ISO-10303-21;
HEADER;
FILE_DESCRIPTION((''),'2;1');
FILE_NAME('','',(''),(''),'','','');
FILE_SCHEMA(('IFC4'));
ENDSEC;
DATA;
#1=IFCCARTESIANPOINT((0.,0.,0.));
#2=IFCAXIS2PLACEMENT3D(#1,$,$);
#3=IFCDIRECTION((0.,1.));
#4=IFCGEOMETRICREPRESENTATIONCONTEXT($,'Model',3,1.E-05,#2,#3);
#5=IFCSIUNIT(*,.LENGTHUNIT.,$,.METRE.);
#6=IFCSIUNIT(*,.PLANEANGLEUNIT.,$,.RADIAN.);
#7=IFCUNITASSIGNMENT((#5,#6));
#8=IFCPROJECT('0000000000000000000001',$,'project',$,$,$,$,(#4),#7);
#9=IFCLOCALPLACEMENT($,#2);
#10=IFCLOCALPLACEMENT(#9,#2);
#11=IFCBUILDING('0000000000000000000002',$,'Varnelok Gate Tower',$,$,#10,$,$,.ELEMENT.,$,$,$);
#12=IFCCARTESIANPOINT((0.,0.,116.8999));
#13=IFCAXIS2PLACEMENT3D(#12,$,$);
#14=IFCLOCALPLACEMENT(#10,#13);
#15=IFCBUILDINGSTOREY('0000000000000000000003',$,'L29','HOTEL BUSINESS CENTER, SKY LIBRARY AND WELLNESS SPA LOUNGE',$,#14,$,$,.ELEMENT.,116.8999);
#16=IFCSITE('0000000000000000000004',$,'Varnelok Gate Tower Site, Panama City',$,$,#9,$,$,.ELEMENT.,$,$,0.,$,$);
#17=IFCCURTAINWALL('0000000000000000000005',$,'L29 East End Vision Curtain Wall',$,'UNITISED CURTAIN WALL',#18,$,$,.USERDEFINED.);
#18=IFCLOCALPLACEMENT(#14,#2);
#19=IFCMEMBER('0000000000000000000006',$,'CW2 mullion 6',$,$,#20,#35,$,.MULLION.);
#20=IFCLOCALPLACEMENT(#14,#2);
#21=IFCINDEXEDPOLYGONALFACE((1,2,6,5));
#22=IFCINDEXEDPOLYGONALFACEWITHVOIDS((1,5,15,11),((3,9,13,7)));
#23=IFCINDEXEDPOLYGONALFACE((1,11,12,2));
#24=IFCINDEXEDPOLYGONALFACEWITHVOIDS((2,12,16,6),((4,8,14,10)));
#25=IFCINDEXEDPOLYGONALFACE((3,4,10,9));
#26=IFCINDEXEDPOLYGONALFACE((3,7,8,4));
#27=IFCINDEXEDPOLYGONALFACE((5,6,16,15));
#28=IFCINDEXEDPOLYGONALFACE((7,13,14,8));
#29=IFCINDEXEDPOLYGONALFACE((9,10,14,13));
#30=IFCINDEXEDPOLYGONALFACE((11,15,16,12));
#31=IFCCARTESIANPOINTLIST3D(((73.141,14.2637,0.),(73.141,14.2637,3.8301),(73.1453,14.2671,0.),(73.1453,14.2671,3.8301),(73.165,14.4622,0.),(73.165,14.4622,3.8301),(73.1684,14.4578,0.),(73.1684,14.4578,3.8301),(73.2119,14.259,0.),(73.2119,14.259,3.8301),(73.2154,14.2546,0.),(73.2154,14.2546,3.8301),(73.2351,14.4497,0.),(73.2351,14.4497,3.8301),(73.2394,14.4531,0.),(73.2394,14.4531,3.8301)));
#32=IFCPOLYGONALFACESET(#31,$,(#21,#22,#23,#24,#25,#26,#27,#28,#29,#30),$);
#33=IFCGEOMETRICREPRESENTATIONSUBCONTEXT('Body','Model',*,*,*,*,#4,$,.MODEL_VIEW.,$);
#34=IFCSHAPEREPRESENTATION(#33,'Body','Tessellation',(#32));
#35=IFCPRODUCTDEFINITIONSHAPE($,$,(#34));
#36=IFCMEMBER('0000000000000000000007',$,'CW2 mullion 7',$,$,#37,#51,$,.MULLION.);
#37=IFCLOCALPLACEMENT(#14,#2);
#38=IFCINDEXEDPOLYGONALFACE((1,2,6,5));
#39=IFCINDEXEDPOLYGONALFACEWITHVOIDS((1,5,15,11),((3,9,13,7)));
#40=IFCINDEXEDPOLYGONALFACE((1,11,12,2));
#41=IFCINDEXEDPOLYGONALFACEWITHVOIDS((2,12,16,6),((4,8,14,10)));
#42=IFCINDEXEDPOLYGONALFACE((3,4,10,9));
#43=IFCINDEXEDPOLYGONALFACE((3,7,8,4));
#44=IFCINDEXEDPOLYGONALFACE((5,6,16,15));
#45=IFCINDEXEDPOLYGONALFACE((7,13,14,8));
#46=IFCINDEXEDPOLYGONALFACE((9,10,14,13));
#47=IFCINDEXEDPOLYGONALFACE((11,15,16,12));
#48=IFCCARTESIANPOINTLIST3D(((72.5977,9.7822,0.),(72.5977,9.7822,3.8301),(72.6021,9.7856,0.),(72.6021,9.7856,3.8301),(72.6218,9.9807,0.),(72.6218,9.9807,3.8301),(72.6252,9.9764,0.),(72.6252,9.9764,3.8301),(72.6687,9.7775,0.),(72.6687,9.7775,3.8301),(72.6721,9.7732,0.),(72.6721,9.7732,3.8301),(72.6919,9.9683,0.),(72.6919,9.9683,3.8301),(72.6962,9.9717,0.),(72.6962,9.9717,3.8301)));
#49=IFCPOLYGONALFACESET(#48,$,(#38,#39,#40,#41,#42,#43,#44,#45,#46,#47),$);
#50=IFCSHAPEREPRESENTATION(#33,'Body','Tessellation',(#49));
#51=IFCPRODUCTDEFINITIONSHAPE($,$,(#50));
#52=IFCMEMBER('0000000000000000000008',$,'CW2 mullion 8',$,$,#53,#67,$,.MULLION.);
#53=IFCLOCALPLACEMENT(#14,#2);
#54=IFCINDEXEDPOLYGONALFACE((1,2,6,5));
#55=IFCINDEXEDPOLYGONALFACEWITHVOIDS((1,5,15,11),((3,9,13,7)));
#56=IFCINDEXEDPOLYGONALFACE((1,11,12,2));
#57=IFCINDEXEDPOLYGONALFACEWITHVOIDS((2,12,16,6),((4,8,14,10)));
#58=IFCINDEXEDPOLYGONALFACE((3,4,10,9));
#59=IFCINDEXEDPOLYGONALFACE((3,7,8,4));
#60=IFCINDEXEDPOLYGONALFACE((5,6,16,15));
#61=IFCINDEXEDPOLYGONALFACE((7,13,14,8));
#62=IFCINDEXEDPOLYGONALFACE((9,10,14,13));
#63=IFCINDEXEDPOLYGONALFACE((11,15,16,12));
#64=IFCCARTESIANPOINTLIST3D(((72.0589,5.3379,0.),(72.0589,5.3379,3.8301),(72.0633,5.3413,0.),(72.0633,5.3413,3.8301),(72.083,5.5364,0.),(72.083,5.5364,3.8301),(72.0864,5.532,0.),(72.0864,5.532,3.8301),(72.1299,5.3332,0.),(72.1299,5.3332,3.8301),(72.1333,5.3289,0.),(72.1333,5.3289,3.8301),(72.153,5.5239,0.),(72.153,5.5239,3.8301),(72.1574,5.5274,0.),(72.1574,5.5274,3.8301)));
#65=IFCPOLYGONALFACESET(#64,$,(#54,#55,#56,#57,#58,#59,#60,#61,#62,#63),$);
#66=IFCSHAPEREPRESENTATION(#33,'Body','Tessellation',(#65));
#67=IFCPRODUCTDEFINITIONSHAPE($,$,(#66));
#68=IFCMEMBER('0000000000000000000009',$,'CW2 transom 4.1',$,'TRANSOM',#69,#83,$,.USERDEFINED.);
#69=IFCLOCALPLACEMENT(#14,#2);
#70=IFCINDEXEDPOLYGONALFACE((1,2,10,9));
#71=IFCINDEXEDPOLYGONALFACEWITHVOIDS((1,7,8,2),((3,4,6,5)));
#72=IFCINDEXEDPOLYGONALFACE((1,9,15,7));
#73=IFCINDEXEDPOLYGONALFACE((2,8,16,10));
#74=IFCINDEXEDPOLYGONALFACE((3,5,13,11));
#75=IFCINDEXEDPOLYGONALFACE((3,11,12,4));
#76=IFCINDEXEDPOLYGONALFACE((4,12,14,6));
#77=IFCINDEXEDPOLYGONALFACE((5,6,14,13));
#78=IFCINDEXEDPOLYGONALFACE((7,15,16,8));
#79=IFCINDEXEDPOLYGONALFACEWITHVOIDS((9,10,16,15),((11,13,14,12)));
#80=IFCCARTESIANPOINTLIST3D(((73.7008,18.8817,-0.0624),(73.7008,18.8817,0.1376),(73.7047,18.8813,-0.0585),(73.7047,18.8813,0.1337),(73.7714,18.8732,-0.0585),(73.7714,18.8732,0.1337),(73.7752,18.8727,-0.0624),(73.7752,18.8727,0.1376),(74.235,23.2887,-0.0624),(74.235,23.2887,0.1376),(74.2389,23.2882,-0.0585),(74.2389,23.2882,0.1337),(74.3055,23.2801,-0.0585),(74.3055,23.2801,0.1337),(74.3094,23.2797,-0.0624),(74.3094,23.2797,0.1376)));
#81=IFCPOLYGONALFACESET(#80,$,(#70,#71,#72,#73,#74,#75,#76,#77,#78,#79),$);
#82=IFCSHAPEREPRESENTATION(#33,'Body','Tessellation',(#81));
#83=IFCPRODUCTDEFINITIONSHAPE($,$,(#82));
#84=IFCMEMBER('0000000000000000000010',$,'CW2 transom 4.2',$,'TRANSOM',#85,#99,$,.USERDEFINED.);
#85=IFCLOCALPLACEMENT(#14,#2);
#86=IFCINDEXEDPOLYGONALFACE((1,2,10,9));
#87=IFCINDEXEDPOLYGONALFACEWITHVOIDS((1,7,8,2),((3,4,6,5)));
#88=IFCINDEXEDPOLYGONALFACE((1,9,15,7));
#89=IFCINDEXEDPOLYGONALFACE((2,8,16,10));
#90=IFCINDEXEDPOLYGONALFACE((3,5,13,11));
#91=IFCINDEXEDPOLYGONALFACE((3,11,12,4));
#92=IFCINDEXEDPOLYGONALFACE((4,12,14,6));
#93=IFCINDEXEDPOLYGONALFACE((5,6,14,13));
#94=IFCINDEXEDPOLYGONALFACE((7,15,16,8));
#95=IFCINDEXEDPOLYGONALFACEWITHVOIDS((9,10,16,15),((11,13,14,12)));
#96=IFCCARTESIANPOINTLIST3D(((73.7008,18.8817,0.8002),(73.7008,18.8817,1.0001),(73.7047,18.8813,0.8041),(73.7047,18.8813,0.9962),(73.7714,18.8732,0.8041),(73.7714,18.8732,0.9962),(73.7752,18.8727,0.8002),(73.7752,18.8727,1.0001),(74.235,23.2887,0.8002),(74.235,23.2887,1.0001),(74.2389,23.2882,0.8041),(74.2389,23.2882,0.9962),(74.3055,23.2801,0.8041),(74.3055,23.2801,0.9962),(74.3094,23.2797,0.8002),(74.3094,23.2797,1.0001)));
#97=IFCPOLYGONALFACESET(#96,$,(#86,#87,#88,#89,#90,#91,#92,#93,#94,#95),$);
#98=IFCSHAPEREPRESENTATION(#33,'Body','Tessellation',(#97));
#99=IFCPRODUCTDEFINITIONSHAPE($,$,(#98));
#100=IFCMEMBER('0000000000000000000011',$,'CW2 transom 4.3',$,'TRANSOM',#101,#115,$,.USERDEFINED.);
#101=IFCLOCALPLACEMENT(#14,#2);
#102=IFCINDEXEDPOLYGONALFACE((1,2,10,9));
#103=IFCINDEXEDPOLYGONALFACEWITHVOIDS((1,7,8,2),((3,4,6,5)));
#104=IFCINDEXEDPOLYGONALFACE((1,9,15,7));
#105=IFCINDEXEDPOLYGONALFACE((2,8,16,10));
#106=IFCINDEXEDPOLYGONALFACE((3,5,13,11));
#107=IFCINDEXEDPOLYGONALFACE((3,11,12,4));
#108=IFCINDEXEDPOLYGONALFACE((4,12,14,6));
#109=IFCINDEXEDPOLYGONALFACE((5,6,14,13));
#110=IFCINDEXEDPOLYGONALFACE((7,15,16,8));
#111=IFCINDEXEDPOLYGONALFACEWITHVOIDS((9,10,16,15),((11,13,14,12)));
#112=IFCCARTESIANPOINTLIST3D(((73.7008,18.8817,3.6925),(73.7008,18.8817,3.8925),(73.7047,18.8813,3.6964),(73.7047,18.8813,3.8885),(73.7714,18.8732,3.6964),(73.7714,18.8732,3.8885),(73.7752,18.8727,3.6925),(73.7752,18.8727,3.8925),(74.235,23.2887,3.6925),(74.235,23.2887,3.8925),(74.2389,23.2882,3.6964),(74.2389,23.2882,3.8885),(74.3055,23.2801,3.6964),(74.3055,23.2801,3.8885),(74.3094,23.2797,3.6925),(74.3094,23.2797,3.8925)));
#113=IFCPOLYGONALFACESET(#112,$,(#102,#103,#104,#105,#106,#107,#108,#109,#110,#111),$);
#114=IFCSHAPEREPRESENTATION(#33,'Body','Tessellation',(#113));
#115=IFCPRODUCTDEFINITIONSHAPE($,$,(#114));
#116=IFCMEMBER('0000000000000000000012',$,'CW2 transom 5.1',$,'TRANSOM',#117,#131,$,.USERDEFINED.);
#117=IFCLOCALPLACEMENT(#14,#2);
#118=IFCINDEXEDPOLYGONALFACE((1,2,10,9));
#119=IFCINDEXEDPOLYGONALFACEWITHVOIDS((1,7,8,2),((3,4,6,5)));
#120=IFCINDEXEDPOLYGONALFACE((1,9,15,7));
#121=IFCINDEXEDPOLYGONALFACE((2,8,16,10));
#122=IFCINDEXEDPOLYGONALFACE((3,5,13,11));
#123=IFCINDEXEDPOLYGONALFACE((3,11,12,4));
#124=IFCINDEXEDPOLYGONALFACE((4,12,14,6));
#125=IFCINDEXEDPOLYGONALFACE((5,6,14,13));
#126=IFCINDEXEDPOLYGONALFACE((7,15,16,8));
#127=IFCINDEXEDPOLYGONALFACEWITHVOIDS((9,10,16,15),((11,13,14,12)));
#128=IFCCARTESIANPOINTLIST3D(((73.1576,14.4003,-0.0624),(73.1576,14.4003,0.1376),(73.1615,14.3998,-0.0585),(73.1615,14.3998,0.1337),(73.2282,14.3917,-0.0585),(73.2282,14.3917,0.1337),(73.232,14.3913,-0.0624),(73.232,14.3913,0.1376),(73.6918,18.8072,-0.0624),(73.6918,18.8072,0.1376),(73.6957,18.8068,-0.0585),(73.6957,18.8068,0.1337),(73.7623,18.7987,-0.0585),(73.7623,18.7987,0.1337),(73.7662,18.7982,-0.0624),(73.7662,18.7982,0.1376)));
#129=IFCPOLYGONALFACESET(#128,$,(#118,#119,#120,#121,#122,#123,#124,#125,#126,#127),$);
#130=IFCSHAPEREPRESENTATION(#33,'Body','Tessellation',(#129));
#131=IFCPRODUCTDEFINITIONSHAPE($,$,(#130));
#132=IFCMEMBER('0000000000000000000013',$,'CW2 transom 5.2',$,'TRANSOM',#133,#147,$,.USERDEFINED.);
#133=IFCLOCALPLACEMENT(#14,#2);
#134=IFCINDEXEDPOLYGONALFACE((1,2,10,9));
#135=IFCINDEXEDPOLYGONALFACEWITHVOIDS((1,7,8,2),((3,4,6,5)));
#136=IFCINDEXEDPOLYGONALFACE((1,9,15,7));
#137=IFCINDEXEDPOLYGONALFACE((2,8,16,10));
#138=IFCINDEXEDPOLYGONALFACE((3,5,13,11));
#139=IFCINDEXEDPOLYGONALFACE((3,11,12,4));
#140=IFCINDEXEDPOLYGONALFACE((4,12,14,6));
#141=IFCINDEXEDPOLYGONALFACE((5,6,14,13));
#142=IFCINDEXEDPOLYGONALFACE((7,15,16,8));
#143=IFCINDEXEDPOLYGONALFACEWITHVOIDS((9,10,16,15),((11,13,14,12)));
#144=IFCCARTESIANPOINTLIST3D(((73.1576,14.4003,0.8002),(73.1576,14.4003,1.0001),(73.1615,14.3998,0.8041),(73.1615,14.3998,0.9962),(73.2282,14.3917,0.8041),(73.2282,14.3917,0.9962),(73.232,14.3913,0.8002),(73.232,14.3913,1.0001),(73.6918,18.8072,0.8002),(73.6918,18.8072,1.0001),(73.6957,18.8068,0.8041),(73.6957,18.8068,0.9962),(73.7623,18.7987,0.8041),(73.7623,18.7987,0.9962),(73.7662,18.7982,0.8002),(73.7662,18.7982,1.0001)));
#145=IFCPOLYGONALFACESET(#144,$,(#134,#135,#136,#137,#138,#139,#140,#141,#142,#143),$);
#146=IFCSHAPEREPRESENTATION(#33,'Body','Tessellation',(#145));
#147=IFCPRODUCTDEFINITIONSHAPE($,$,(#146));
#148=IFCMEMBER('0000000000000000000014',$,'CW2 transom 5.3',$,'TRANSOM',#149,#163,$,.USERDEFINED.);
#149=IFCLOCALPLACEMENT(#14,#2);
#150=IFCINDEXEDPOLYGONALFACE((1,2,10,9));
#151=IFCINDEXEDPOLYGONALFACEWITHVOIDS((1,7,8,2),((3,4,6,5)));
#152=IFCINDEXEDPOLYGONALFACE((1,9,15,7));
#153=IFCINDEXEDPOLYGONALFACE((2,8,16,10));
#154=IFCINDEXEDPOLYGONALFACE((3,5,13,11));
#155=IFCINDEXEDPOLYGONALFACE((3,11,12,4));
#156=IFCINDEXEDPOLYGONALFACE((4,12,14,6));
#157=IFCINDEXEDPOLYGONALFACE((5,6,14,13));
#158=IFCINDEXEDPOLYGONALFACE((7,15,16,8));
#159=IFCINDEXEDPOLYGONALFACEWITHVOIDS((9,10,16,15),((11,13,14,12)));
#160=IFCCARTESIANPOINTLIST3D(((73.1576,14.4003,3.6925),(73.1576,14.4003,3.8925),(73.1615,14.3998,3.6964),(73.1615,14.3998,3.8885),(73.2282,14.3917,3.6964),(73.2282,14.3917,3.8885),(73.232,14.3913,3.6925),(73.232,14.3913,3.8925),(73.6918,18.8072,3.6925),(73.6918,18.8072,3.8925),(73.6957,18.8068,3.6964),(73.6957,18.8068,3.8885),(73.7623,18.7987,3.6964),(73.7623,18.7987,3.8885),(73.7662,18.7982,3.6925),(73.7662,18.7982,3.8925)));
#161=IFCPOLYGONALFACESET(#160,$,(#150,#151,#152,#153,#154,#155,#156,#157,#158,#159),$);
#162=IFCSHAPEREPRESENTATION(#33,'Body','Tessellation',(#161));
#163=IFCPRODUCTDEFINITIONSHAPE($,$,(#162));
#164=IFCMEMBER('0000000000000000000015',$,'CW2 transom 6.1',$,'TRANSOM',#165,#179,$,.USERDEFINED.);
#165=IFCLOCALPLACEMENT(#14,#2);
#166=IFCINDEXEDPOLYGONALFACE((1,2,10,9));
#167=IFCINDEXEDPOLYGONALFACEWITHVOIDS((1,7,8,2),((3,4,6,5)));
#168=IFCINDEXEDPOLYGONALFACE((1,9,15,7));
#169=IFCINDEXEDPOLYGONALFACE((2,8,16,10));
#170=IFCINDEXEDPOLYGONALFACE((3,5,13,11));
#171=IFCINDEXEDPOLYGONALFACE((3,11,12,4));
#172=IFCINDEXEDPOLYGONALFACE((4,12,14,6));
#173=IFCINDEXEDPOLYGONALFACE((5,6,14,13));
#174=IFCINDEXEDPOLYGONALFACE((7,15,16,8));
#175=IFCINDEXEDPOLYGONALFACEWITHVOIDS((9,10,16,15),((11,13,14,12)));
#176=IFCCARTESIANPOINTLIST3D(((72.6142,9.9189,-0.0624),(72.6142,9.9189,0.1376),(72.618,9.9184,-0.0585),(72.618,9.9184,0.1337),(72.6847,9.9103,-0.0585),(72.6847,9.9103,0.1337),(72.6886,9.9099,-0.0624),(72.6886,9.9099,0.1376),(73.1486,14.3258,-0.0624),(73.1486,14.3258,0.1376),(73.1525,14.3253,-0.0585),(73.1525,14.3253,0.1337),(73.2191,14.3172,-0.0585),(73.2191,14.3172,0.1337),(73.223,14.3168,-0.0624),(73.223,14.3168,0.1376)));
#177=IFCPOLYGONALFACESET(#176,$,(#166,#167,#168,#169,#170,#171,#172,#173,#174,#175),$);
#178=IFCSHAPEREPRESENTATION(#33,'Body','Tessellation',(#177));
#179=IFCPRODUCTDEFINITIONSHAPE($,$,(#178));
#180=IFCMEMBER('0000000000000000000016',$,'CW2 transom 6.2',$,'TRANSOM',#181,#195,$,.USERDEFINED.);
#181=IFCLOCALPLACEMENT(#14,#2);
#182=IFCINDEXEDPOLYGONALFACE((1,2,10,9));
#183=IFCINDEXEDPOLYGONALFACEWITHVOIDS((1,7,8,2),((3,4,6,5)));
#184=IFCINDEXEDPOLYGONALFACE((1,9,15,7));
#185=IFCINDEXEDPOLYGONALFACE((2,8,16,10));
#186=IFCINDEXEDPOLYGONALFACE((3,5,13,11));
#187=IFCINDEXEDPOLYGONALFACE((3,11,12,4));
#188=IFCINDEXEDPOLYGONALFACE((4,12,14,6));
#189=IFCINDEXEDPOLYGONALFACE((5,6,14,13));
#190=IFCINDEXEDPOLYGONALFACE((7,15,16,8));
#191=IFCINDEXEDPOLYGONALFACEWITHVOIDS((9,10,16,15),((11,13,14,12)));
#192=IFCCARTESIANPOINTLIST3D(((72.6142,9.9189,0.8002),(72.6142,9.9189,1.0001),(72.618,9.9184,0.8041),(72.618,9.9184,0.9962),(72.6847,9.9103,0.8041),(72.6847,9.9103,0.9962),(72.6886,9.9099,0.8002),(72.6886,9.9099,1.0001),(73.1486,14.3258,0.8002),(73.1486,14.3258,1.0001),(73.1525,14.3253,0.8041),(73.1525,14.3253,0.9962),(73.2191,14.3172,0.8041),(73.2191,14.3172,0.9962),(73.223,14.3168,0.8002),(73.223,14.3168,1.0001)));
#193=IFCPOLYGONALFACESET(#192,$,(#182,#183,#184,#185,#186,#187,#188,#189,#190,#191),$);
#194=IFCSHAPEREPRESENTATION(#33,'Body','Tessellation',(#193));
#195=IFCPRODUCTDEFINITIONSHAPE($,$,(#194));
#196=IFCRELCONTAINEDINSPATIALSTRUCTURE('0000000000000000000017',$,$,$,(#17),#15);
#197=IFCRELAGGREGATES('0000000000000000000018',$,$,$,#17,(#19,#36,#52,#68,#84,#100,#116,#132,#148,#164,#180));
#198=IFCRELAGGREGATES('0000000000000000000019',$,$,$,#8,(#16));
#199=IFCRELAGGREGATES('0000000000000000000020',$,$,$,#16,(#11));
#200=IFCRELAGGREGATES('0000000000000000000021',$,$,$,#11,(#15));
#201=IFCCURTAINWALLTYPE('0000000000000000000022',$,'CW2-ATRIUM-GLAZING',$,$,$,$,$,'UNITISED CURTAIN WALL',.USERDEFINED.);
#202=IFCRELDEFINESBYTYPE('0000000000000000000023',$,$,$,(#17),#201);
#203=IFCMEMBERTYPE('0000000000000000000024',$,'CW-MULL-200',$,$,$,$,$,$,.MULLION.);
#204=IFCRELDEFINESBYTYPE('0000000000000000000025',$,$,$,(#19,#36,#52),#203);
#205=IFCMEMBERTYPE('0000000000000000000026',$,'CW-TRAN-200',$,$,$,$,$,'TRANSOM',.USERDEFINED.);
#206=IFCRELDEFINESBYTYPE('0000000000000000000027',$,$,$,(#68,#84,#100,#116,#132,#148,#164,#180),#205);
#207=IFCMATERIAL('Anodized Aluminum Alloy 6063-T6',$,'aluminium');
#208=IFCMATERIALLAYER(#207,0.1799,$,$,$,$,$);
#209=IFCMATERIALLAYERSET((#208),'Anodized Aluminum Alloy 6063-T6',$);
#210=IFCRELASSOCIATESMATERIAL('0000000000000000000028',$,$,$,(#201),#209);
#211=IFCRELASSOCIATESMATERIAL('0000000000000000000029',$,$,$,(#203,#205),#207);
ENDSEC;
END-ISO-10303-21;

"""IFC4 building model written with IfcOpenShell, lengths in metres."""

from ifc_helpers import new_model, si_unit, direction, frame, origin, origin_2d, place, context, subcontext, project, spatial, hollow_rectangle, extrude, material, layer, layer_set, material_profile, profile_set, type_object, element, aggregate, save


model = new_model("IFC4")

# Units and contexts
model_context = context("Model", 3, precision=1e-05, world=origin(), true_north=direction((0.0, 1.0)))
body_context = subcontext(model_context, "Body", "Model", "MODEL_VIEW")
ifc_project = project(units=[si_unit("LENGTHUNIT", "METRE"), si_unit("PLANEANGLEUNIT", "RADIAN")], contexts=[model_context])

# Site, building, storey
site_placement = place(None, origin())
site = spatial("IfcSite", under=ifc_project, at=site_placement, Name="Varnelok Gate Tower Site, Panama City", CompositionType="ELEMENT", RefElevation=0.0)
building_placement = place(site_placement, origin())
building = spatial("IfcBuilding", under=site, at=building_placement, Name="Varnelok Gate Tower", CompositionType="ELEMENT")
storey_placement = place(building_placement, frame((0.0, 0.0, 116.8999)))
storey = spatial("IfcBuildingStorey", under=building, at=storey_placement, Name="L29", Description="HOTEL BUSINESS CENTER, SKY LIBRARY AND WELLNESS SPA LOUNGE", CompositionType="ELEMENT", Elevation=116.8999)

# Curtain wall, members
ifc_material_1 = material(Name="Anodized Aluminum Alloy 6063-T6", Category="aluminium")
ifc_layer_1 = layer(ifc_material_1, 0.1799)
ifc_layer_set_1 = layer_set([ifc_layer_1], Name="Anodized Aluminum Alloy 6063-T6")
curtain_wall_type = type_object("IfcCurtainWallType", Name="CW2-ATRIUM-GLAZING", ElementType="UNITISED CURTAIN WALL", PredefinedType="USERDEFINED", material=ifc_layer_set_1)
curtain_wall_placement = place(storey_placement, origin())
curtain_wall = element("IfcCurtainWall", 1, at=curtain_wall_placement, inside=storey, type_object=curtain_wall_type, Name="L29 East End Vision Curtain Wall", ObjectType="UNITISED CURTAIN WALL", PredefinedType="USERDEFINED")
ifc_material_profile_1 = material_profile(ifc_material_1, hollow_rectangle(XDim=0.075, YDim=0.2, WallThickness=0.0039, at=origin_2d()), Name="ALU200X75X4")
ifc_profile_set_1 = profile_set([ifc_material_profile_1], Name="Anodized Aluminum Alloy 6063-T6")
member_type_1 = type_object("IfcMemberType", Name="CW-MULL-200", PredefinedType="MULLION", material=ifc_profile_set_1)
member_1_placement = place(storey_placement, frame((73.1902, 14.3584, 0.0), z_axis=(0.0, 0.0, 1.0), x_axis=(0.992732, -0.120345, 0.0)))
member_1 = element("IfcMember", 2, at=member_1_placement, type_object=member_type_1, Name="CW2 mullion 6", PredefinedType="MULLION", context=body_context, shape_type="SweptSolid", body=[
    extrude(hollow_rectangle(XDim=0.075, YDim=0.2, WallThickness=0.0039, at=origin_2d()), origin(), (0.0, 0.0, 1.0), 3.8301),
])
member_2_placement = place(storey_placement, frame((72.647, 9.877, 0.0), z_axis=(0.0, 0.0, 1.0), x_axis=(0.992732, -0.120345, 0.0)))
member_2 = element("IfcMember", 3, at=member_2_placement, type_object=member_type_1, Name="CW2 mullion 7", PredefinedType="MULLION", context=body_context, shape_type="SweptSolid", body=[
    extrude(hollow_rectangle(XDim=0.075, YDim=0.2, WallThickness=0.0039, at=origin_2d()), origin(), (0.0, 0.0, 1.0), 3.8301),
])
member_3_placement = place(storey_placement, frame((72.1082, 5.4326, 0.0), z_axis=(0.0, 0.0, 1.0), x_axis=(0.992732, -0.120345, 0.0)))
member_3 = element("IfcMember", 4, at=member_3_placement, type_object=member_type_1, Name="CW2 mullion 8", PredefinedType="MULLION", context=body_context, shape_type="SweptSolid", body=[
    extrude(hollow_rectangle(XDim=0.075, YDim=0.2, WallThickness=0.0039, at=origin_2d()), origin(), (0.0, 0.0, 1.0), 3.8301),
])
ifc_material_profile_2 = material_profile(ifc_material_1, hollow_rectangle(XDim=0.075, YDim=0.2, WallThickness=0.0039, at=origin_2d()), Name="ALU200X75X4")
ifc_profile_set_2 = profile_set([ifc_material_profile_2], Name="Anodized Aluminum Alloy 6063-T6")
member_type_2 = type_object("IfcMemberType", Name="CW-TRAN-200", ElementType="TRANSOM", PredefinedType="USERDEFINED", material=ifc_profile_set_2)
member_4_placement = place(storey_placement, frame((74.2722, 23.2842, 0.0376), z_axis=(-0.120331, -0.992734, 0.0), x_axis=(0.992734, -0.120331, 0.0)))
member_4 = element("IfcMember", 5, at=member_4_placement, type_object=member_type_2, Name="CW2 transom 4.1", ObjectType="TRANSOM", PredefinedType="USERDEFINED", context=body_context, shape_type="SweptSolid", body=[
    extrude(hollow_rectangle(XDim=0.075, YDim=0.2, WallThickness=0.0039, at=origin_2d()), origin(), (0.0, 0.0, 1.0), 4.4392),
])
member_5_placement = place(storey_placement, frame((74.2722, 23.2842, 0.9001), z_axis=(-0.120331, -0.992734, 0.0), x_axis=(0.992734, -0.120331, 0.0)))
member_5 = element("IfcMember", 6, at=member_5_placement, type_object=member_type_2, Name="CW2 transom 4.2", ObjectType="TRANSOM", PredefinedType="USERDEFINED", context=body_context, shape_type="SweptSolid", body=[
    extrude(hollow_rectangle(XDim=0.075, YDim=0.2, WallThickness=0.0039, at=origin_2d()), origin(), (0.0, 0.0, 1.0), 4.4392),
])
member_6_placement = place(storey_placement, frame((74.2722, 23.2842, 3.7925), z_axis=(-0.120331, -0.992734, 0.0), x_axis=(0.992734, -0.120331, 0.0)))
member_6 = element("IfcMember", 7, at=member_6_placement, type_object=member_type_2, Name="CW2 transom 4.3", ObjectType="TRANSOM", PredefinedType="USERDEFINED", context=body_context, shape_type="SweptSolid", body=[
    extrude(hollow_rectangle(XDim=0.075, YDim=0.2, WallThickness=0.0039, at=origin_2d()), origin(), (0.0, 0.0, 1.0), 4.4392),
])
member_7_placement = place(storey_placement, frame((73.729, 18.8027, 0.0376), z_axis=(-0.120331, -0.992734, 0.0), x_axis=(0.992734, -0.120331, 0.0)))
member_7 = element("IfcMember", 8, at=member_7_placement, type_object=member_type_2, Name="CW2 transom 5.1", ObjectType="TRANSOM", PredefinedType="USERDEFINED", context=body_context, shape_type="SweptSolid", body=[
    extrude(hollow_rectangle(XDim=0.075, YDim=0.2, WallThickness=0.0039, at=origin_2d()), origin(), (0.0, 0.0, 1.0), 4.4392),
])
member_8_placement = place(storey_placement, frame((73.729, 18.8027, 0.9001), z_axis=(-0.120331, -0.992734, 0.0), x_axis=(0.992734, -0.120331, 0.0)))
member_8 = element("IfcMember", 9, at=member_8_placement, type_object=member_type_2, Name="CW2 transom 5.2", ObjectType="TRANSOM", PredefinedType="USERDEFINED", context=body_context, shape_type="SweptSolid", body=[
    extrude(hollow_rectangle(XDim=0.075, YDim=0.2, WallThickness=0.0039, at=origin_2d()), origin(), (0.0, 0.0, 1.0), 4.4392),
])
member_9_placement = place(storey_placement, frame((73.729, 18.8027, 3.7925), z_axis=(-0.120331, -0.992734, 0.0), x_axis=(0.992734, -0.120331, 0.0)))
member_9 = element("IfcMember", 10, at=member_9_placement, type_object=member_type_2, Name="CW2 transom 5.3", ObjectType="TRANSOM", PredefinedType="USERDEFINED", context=body_context, shape_type="SweptSolid", body=[
    extrude(hollow_rectangle(XDim=0.075, YDim=0.2, WallThickness=0.0039, at=origin_2d()), origin(), (0.0, 0.0, 1.0), 4.4392),
])
member_10_placement = place(storey_placement, frame((73.1858, 14.3213, 0.0376), z_axis=(-0.120386, -0.992727, 0.0), x_axis=(0.992727, -0.120386, 0.0)))
member_10 = element("IfcMember", 11, at=member_10_placement, type_object=member_type_2, Name="CW2 transom 6.1", ObjectType="TRANSOM", PredefinedType="USERDEFINED", context=body_context, shape_type="SweptSolid", body=[
    extrude(hollow_rectangle(XDim=0.075, YDim=0.2, WallThickness=0.0039, at=origin_2d()), origin(), (0.0, 0.0, 1.0), 4.4392),
])
member_11_placement = place(storey_placement, frame((73.1858, 14.3213, 0.9001), z_axis=(-0.120386, -0.992727, 0.0), x_axis=(0.992727, -0.120386, 0.0)))
member_11 = element("IfcMember", 12, at=member_11_placement, type_object=member_type_2, Name="CW2 transom 6.2", ObjectType="TRANSOM", PredefinedType="USERDEFINED", context=body_context, shape_type="SweptSolid", body=[
    extrude(hollow_rectangle(XDim=0.075, YDim=0.2, WallThickness=0.0039, at=origin_2d()), origin(), (0.0, 0.0, 1.0), 4.4392),
])
aggregate(curtain_wall, [member_1, member_2, member_3, member_4, member_5, member_6, member_7, member_8, member_9, member_10, member_11])

save(model, "model.ifc")
